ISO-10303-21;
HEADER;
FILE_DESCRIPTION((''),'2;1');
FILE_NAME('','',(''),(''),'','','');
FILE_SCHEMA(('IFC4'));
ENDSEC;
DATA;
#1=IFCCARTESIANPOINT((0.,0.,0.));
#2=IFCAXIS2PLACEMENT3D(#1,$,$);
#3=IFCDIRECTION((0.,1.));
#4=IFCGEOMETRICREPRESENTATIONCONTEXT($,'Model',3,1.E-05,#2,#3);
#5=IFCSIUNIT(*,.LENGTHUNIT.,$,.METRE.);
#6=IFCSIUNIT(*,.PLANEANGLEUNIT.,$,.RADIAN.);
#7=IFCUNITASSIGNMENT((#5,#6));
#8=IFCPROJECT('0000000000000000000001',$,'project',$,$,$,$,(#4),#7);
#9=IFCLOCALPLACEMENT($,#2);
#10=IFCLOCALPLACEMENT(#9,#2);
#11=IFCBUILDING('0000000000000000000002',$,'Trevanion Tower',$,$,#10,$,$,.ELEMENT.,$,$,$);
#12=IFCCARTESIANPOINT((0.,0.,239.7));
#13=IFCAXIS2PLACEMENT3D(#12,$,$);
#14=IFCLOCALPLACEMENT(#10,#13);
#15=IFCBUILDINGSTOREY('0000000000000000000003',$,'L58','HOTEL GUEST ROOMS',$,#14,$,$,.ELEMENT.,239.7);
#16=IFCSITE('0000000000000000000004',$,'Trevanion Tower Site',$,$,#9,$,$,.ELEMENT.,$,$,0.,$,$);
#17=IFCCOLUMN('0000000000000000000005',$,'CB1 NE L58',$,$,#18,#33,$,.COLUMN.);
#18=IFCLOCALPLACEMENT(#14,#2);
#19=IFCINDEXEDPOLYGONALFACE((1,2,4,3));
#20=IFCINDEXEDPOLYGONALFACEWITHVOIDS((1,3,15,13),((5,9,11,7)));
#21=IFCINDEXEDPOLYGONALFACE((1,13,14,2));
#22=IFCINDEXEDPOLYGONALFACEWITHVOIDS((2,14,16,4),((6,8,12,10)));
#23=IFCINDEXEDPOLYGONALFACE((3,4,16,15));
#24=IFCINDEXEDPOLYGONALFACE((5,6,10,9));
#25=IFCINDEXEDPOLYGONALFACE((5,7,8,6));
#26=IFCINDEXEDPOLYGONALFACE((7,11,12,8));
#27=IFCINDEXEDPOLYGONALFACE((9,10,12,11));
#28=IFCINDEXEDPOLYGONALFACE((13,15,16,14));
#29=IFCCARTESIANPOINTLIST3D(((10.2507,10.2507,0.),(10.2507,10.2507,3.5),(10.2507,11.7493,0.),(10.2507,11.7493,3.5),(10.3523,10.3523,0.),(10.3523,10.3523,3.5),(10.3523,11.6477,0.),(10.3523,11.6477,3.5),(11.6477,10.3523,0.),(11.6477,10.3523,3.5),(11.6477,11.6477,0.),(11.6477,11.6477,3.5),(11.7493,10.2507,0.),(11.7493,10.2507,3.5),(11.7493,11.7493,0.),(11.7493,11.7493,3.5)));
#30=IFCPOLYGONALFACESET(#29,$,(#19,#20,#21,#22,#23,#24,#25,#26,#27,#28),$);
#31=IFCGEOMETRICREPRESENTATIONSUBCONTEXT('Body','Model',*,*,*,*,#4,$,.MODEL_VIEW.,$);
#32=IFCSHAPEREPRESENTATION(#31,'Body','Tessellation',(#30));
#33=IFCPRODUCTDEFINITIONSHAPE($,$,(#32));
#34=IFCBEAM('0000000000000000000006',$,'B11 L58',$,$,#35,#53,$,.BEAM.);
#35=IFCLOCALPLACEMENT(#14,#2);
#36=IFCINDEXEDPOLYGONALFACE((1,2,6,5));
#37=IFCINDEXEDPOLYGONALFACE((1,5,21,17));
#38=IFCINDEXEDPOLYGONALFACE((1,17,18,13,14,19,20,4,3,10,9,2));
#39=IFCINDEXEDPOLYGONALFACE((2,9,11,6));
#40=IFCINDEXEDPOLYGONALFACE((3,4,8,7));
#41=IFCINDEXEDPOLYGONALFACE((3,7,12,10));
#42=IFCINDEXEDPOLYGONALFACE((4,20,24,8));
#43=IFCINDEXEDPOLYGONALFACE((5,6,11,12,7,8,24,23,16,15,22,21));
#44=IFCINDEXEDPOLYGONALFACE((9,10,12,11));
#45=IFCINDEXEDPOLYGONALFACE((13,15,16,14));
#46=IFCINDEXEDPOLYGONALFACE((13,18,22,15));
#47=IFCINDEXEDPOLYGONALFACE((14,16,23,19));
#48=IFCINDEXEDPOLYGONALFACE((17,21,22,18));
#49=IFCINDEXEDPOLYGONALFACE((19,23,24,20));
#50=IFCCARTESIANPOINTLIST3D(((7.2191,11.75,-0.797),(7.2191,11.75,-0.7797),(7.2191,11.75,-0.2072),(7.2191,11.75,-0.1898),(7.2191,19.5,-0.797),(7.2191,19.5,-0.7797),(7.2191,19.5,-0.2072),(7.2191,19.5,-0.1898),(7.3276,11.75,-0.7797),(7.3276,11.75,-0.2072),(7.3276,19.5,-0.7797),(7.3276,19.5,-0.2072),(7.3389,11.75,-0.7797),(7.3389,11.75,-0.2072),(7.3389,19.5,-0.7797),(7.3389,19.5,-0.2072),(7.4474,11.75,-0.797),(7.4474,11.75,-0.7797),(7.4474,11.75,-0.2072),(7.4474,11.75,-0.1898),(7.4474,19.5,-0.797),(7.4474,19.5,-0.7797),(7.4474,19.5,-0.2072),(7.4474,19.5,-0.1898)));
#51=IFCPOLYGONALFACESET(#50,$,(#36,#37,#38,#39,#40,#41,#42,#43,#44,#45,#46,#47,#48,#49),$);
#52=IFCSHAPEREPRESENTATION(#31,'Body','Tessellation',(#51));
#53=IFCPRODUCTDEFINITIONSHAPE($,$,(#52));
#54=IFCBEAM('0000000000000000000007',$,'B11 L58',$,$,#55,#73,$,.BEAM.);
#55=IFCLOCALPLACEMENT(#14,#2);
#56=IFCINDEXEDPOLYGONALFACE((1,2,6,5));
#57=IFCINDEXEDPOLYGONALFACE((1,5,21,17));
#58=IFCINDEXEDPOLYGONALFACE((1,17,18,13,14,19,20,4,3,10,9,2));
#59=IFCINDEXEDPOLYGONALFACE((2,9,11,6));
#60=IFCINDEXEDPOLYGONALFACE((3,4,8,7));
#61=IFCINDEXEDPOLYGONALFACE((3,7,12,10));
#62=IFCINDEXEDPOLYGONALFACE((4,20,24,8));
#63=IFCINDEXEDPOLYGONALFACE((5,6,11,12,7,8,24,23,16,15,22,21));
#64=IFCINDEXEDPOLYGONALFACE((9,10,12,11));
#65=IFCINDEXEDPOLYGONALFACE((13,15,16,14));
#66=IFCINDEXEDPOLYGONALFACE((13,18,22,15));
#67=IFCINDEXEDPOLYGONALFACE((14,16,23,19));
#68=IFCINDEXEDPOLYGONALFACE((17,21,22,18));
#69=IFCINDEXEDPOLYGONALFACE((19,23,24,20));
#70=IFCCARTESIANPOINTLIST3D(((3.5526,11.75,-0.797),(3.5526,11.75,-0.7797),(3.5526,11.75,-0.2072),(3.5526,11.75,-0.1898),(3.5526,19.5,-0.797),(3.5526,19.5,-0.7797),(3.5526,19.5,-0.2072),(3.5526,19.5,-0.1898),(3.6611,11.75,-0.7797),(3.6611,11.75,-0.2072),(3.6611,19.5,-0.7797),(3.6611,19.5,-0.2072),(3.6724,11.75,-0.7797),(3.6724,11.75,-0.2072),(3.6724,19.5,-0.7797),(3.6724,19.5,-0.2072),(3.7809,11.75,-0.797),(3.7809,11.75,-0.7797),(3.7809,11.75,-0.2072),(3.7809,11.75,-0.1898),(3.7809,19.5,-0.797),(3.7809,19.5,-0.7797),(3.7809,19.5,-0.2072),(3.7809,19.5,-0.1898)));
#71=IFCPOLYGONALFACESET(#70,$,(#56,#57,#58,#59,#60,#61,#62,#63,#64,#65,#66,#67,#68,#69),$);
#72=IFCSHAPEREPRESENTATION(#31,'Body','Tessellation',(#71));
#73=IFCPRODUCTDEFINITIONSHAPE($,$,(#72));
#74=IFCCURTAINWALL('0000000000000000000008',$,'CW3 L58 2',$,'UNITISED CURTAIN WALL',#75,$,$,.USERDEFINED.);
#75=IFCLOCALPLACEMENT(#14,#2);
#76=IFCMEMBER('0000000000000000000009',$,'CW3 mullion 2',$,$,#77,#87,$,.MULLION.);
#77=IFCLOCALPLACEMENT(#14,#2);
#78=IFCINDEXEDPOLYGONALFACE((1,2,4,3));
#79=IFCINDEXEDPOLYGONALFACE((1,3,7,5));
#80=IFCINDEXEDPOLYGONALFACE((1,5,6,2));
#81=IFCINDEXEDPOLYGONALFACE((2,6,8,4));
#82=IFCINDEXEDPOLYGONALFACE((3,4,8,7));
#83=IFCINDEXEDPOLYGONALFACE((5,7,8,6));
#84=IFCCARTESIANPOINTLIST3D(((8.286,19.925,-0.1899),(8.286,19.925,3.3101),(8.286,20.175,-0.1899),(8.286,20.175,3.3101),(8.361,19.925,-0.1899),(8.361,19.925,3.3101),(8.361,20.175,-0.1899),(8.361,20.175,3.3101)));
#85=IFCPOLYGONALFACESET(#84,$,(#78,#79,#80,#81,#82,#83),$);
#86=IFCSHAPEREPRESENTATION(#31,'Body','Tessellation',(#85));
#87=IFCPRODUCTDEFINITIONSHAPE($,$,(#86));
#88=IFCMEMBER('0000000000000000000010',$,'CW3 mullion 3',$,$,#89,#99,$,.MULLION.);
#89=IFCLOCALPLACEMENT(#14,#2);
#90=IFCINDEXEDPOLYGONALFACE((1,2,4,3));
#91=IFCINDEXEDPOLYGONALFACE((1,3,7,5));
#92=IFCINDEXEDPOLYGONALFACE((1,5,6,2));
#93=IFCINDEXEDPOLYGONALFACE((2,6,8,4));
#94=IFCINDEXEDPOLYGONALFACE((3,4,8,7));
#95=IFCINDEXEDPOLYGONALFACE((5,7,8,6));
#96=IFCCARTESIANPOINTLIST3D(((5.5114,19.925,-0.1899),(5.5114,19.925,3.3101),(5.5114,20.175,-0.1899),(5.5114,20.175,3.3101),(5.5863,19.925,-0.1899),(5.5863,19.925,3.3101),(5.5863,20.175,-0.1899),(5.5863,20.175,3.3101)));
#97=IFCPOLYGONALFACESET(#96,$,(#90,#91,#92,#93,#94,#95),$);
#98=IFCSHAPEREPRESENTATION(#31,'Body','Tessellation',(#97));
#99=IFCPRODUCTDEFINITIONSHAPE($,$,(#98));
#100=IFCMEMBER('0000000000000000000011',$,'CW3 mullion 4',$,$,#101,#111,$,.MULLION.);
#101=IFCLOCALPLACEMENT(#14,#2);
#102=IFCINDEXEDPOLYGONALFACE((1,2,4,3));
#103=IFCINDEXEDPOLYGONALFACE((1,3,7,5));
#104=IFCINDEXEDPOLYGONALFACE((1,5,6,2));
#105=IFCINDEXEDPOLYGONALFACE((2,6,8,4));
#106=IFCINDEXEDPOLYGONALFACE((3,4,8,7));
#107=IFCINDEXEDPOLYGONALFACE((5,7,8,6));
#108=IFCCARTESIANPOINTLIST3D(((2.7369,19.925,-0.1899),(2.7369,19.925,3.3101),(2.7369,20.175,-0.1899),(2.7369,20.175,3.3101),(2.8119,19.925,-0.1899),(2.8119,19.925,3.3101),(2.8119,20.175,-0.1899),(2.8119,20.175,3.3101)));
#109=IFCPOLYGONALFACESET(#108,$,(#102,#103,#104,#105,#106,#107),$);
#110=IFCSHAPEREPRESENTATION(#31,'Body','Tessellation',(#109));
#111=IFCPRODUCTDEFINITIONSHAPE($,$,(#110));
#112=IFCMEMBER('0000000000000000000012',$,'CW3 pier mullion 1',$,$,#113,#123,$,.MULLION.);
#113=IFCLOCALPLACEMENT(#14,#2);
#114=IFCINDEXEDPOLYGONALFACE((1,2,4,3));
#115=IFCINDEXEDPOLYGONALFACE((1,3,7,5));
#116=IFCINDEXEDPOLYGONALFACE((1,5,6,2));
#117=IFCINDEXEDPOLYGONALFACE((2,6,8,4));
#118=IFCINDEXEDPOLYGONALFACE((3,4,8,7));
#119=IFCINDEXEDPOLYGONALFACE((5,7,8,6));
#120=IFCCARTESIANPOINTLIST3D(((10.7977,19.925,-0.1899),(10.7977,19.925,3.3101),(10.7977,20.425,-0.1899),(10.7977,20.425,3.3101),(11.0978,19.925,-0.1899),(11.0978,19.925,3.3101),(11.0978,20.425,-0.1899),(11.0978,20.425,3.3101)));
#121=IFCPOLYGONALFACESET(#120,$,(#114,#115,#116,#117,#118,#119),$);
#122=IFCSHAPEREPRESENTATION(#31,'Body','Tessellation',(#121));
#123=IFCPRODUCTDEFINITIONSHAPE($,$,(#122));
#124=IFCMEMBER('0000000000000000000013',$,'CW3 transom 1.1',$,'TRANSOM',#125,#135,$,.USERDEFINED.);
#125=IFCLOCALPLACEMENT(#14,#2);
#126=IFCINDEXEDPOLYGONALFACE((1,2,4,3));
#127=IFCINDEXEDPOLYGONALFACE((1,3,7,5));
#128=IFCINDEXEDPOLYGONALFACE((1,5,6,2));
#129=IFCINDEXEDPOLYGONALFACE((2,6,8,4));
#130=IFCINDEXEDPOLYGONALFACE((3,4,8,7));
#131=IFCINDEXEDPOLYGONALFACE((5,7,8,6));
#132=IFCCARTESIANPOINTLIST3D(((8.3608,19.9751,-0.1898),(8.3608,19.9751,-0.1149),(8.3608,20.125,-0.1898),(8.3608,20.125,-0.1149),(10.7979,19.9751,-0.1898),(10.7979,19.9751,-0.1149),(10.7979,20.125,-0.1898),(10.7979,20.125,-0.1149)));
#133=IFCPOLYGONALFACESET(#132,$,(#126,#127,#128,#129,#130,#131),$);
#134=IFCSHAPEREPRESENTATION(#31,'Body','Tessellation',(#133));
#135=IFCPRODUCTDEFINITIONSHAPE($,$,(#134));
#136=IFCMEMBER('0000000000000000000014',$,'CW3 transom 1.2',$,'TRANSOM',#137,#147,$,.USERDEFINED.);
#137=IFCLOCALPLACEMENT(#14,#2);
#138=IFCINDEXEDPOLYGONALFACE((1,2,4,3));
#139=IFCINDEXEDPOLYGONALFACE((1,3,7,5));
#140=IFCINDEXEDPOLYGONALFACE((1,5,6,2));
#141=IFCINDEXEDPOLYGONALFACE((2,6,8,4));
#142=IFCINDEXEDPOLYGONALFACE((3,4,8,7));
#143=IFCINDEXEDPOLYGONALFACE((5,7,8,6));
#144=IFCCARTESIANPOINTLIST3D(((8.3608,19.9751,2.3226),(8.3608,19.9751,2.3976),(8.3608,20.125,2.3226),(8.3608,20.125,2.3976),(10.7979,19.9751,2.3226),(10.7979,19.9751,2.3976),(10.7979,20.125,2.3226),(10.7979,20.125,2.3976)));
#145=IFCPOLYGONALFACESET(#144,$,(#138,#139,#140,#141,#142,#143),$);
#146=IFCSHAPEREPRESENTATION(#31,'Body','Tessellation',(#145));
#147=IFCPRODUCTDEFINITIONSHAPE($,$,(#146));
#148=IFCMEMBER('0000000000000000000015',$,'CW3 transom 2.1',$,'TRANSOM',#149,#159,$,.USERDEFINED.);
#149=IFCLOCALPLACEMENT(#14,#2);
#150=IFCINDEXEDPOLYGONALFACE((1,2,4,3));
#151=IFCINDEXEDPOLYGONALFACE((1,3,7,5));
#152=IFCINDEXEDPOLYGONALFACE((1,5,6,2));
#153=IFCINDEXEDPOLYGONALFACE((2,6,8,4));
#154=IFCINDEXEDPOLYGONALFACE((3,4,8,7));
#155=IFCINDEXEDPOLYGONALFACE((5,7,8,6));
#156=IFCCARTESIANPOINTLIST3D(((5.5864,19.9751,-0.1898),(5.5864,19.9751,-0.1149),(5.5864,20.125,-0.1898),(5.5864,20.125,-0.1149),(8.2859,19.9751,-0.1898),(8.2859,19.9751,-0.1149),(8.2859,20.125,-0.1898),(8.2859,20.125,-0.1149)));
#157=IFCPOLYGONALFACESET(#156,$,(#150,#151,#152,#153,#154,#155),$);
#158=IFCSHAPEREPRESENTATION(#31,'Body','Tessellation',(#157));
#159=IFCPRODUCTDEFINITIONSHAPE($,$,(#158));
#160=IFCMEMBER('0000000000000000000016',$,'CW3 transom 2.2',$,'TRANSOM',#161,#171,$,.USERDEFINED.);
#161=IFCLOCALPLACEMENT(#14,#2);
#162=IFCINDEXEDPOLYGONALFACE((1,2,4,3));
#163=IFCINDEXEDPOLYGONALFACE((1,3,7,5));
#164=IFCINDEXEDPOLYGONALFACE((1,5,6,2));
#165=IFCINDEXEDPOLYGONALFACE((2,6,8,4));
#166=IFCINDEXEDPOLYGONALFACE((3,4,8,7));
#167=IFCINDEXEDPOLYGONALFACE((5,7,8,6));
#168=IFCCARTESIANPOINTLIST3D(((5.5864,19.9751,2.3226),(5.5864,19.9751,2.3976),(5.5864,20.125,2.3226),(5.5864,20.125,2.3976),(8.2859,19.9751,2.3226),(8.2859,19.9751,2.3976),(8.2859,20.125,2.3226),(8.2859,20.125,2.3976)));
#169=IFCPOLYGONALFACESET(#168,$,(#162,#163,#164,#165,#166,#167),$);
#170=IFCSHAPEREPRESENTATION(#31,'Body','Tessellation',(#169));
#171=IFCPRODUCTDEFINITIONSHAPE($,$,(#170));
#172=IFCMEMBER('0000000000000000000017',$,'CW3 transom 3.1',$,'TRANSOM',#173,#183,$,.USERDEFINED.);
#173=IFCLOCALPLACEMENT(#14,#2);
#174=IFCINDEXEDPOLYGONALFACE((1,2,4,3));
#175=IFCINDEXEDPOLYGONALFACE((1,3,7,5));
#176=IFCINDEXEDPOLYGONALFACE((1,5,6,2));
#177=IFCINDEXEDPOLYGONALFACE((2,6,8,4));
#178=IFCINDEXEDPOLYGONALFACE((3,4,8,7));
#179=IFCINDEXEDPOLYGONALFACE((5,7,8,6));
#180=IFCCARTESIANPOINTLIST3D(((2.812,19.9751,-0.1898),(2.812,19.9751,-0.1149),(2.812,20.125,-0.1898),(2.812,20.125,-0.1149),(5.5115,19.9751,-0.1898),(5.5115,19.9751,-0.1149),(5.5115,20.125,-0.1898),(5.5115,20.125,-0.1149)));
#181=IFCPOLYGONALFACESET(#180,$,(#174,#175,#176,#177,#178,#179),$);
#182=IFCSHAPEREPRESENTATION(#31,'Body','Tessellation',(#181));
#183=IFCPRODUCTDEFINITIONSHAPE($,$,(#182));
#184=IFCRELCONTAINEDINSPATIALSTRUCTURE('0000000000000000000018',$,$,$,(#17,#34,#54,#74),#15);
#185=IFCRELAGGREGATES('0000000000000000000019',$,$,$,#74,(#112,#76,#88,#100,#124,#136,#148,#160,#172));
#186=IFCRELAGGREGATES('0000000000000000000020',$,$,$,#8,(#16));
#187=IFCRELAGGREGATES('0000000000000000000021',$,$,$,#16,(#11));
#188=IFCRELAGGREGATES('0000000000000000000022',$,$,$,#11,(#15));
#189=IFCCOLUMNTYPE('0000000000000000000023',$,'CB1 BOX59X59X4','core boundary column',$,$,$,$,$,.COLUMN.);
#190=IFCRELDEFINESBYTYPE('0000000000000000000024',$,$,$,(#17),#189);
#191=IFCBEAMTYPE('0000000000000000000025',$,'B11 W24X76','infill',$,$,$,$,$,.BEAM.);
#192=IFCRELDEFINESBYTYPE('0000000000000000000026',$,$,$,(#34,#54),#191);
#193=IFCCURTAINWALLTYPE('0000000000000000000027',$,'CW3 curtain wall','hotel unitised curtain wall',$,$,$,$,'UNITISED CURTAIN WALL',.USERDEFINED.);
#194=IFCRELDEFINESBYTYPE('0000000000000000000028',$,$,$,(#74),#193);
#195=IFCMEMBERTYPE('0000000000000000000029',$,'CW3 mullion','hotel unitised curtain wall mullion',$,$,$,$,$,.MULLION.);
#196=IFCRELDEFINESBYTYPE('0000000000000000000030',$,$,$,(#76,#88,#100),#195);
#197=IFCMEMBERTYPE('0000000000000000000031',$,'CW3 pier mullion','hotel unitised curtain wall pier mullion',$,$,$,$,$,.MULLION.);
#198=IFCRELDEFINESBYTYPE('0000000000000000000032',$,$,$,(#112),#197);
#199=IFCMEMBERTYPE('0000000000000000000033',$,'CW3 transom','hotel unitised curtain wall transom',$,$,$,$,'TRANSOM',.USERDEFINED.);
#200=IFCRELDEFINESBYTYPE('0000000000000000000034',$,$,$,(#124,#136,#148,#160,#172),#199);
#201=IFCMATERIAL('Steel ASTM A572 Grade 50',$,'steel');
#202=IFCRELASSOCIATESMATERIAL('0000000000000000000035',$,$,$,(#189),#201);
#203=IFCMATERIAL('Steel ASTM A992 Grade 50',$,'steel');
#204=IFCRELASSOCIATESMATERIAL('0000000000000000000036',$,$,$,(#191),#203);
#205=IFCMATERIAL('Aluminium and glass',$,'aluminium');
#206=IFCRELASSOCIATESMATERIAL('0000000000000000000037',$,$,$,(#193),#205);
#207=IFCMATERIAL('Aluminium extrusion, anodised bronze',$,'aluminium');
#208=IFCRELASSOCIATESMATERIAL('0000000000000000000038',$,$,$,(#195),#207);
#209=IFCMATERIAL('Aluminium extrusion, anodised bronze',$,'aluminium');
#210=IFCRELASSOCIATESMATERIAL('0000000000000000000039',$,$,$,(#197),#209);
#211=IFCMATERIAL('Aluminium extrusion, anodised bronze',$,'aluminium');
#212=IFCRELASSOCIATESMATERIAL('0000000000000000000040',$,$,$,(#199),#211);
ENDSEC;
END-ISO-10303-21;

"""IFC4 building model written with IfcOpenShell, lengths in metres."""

from ifc_helpers import new_model, si_unit, direction, frame, origin, origin_2d, place, context, subcontext, project, spatial, rectangle, hollow_rectangle, i_section, extrude, material, material_profile, profile_set, type_object, element, aggregate, save


model = new_model("IFC4")

# Units and contexts
model_context = context("Model", 3, precision=1e-05, world=origin(), true_north=direction((0.0, 1.0)))
body_context = subcontext(model_context, "Body", "Model", "MODEL_VIEW")
ifc_project = project(units=[si_unit("LENGTHUNIT", "METRE"), si_unit("PLANEANGLEUNIT", "RADIAN")], contexts=[model_context])

# Site, building, storey
site_placement = place(None, origin())
site = spatial("IfcSite", under=ifc_project, at=site_placement, Name="Trevanion Tower Site", CompositionType="ELEMENT", RefElevation=0.0)
building_placement = place(site_placement, origin())
building = spatial("IfcBuilding", under=site, at=building_placement, Name="Trevanion Tower", CompositionType="ELEMENT")
storey_placement = place(building_placement, frame((0.0, 0.0, 239.7)))
storey = spatial("IfcBuildingStorey", under=building, at=storey_placement, Name="L58", Description="HOTEL GUEST ROOMS", CompositionType="ELEMENT", Elevation=239.7)

# Column
ifc_material_1 = material(Name="Steel ASTM A572 Grade 50", Category="steel")
ifc_material_profile_1 = material_profile(ifc_material_1, hollow_rectangle(XDim=1.4985, YDim=1.4985, WallThickness=0.1016, at=origin_2d()), Name="BOX59X59X4")
ifc_profile_set_1 = profile_set([ifc_material_profile_1], Name="Steel ASTM A572 Grade 50")
column_type = type_object("IfcColumnType", Name="CB1 BOX59X59X4", Description="core boundary column", PredefinedType="COLUMN", material=ifc_profile_set_1)
column_placement = place(storey_placement, frame((11.0, 11.0, 0.0), z_axis=(0.0, 0.0, 1.0), x_axis=(1.0, 0.0, 0.0)))
element("IfcColumn", 1, at=column_placement, inside=storey, type_object=column_type, Name="CB1 NE L58", PredefinedType="COLUMN", context=body_context, shape_type="SweptSolid", body=[
    extrude(hollow_rectangle(XDim=1.4985, YDim=1.4985, WallThickness=0.1016, at=origin_2d()), origin(), (0.0, 0.0, 1.0), 3.5),
])

# Beams
ifc_material_2 = material(Name="Steel ASTM A992 Grade 50", Category="steel")
ifc_material_profile_2 = material_profile(ifc_material_2, i_section(OverallWidth=0.2283, OverallDepth=0.6072, WebThickness=0.0112, FlangeThickness=0.0173, at=origin_2d()), Name="W24X76")
ifc_profile_set_2 = profile_set([ifc_material_profile_2], Name="Steel ASTM A992 Grade 50")
beam_type_1 = type_object("IfcBeamType", Name="B11 W24X76", Description="infill", PredefinedType="BEAM", material=ifc_profile_set_2)
for number, where, z_axis, x_axis, name in (
    (2, (7.3333, 11.75, -0.4934), (0.0, 1.0, 0.0), (-1.0, 0.0, 0.0), "B11 L58"),
    (3, (3.6667, 11.75, -0.4934), (0.0, 1.0, 0.0), (-1.0, 0.0, 0.0), "B11 L58"),
):
    element("IfcBeam", number, at=place(storey_placement, frame(where, z_axis=z_axis, x_axis=x_axis)), inside=storey, type_object=beam_type_1, Name=name, PredefinedType="BEAM", context=body_context, shape_type="SweptSolid", body=[
        extrude(i_section(OverallWidth=0.2283, OverallDepth=0.6072, WebThickness=0.0112, FlangeThickness=0.0173, at=origin_2d()), origin(), (0.0, 0.0, 1.0), 7.75),
    ])

# Curtain wall, members
ifc_material_3 = material(Name="Aluminium and glass", Category="aluminium")
curtain_wall_type = type_object("IfcCurtainWallType", Name="CW3 curtain wall", Description="hotel unitised curtain wall", ElementType="UNITISED CURTAIN WALL", PredefinedType="USERDEFINED", material=ifc_material_3)
curtain_wall_placement = place(storey_placement, origin())
curtain_wall = element("IfcCurtainWall", 4, at=curtain_wall_placement, inside=storey, type_object=curtain_wall_type, Name="CW3 L58 2", ObjectType="UNITISED CURTAIN WALL", PredefinedType="USERDEFINED")
ifc_material_4 = material(Name="Aluminium extrusion, anodised bronze", Category="aluminium")
ifc_material_profile_3 = material_profile(ifc_material_4, rectangle(XDim=0.075, YDim=0.25, at=origin_2d()), Name="CW3 mullion")
ifc_profile_set_3 = profile_set([ifc_material_profile_3], Name="Aluminium extrusion, anodised bronze")
member_type_1 = type_object("IfcMemberType", Name="CW3 mullion", Description="hotel unitised curtain wall mullion", PredefinedType="MULLION", material=ifc_profile_set_3)
member_1_placement = place(storey_placement, frame((8.3235, 20.05, -0.1899), z_axis=(0.0, 0.0, 1.0), x_axis=(-1.0, 0.0, 0.0)))
member_1 = element("IfcMember", 5, at=member_1_placement, type_object=member_type_1, Name="CW3 mullion 2", PredefinedType="MULLION", context=body_context, shape_type="SweptSolid", body=[
    extrude(rectangle(XDim=0.075, YDim=0.25, at=origin_2d()), origin(), (0.0, 0.0, 1.0), 3.5),
])
member_2_placement = place(storey_placement, frame((5.5488, 20.05, -0.1899), z_axis=(0.0, 0.0, 1.0), x_axis=(-1.0, 0.0, 0.0)))
member_2 = element("IfcMember", 6, at=member_2_placement, type_object=member_type_1, Name="CW3 mullion 3", PredefinedType="MULLION", context=body_context, shape_type="SweptSolid", body=[
    extrude(rectangle(XDim=0.075, YDim=0.25, at=origin_2d()), origin(), (0.0, 0.0, 1.0), 3.5),
])
member_3_placement = place(storey_placement, frame((2.7744, 20.05, -0.1899), z_axis=(0.0, 0.0, 1.0), x_axis=(-1.0, 0.0, 0.0)))
member_3 = element("IfcMember", 7, at=member_3_placement, type_object=member_type_1, Name="CW3 mullion 4", PredefinedType="MULLION", context=body_context, shape_type="SweptSolid", body=[
    extrude(rectangle(XDim=0.075, YDim=0.25, at=origin_2d()), origin(), (0.0, 0.0, 1.0), 3.5),
])
ifc_material_5 = material(Name="Aluminium extrusion, anodised bronze", Category="aluminium")
ifc_material_profile_4 = material_profile(ifc_material_5, rectangle(XDim=0.3, YDim=0.5, at=origin_2d()), Name="CW3 pier mullion")
ifc_profile_set_4 = profile_set([ifc_material_profile_4], Name="Aluminium extrusion, anodised bronze")
member_type_2 = type_object("IfcMemberType", Name="CW3 pier mullion", Description="hotel unitised curtain wall pier mullion", PredefinedType="MULLION", material=ifc_profile_set_4)
member_4_placement = place(storey_placement, frame((10.9478, 20.175, -0.1899), z_axis=(0.0, 0.0, 1.0), x_axis=(-1.0, 0.0, 0.0)))
member_4 = element("IfcMember", 8, at=member_4_placement, type_object=member_type_2, Name="CW3 pier mullion 1", PredefinedType="MULLION", context=body_context, shape_type="SweptSolid", body=[
    extrude(rectangle(XDim=0.3, YDim=0.5, at=origin_2d()), origin(), (0.0, 0.0, 1.0), 3.5),
])
ifc_material_6 = material(Name="Aluminium extrusion, anodised bronze", Category="aluminium")
ifc_material_profile_5 = material_profile(ifc_material_6, rectangle(XDim=0.1499, YDim=0.075, at=origin_2d()), Name="CW3 transom")
ifc_profile_set_5 = profile_set([ifc_material_profile_5], Name="Aluminium extrusion, anodised bronze")
member_type_3 = type_object("IfcMemberType", Name="CW3 transom", Description="hotel unitised curtain wall transom", ElementType="TRANSOM", PredefinedType="USERDEFINED", material=ifc_profile_set_5)
member_5_placement = place(storey_placement, frame((10.7979, 20.05, -0.1523), z_axis=(-1.0, 0.0, 0.0), x_axis=(0.0, -1.0, 0.0)))
member_5 = element("IfcMember", 9, at=member_5_placement, type_object=member_type_3, Name="CW3 transom 1.1", ObjectType="TRANSOM", PredefinedType="USERDEFINED", context=body_context, shape_type="SweptSolid", body=[
    extrude(rectangle(XDim=0.1499, YDim=0.075, at=origin_2d()), origin(), (0.0, 0.0, 1.0), 2.437),
])
member_6_placement = place(storey_placement, frame((10.7979, 20.05, 2.3601), z_axis=(-1.0, 0.0, 0.0), x_axis=(0.0, -1.0, 0.0)))
member_6 = element("IfcMember", 10, at=member_6_placement, type_object=member_type_3, Name="CW3 transom 1.2", ObjectType="TRANSOM", PredefinedType="USERDEFINED", context=body_context, shape_type="SweptSolid", body=[
    extrude(rectangle(XDim=0.1499, YDim=0.075, at=origin_2d()), origin(), (0.0, 0.0, 1.0), 2.437),
])
member_7_placement = place(storey_placement, frame((8.2859, 20.05, -0.1523), z_axis=(-1.0, 0.0, 0.0), x_axis=(0.0, -1.0, 0.0)))
member_7 = element("IfcMember", 11, at=member_7_placement, type_object=member_type_3, Name="CW3 transom 2.1", ObjectType="TRANSOM", PredefinedType="USERDEFINED", context=body_context, shape_type="SweptSolid", body=[
    extrude(rectangle(XDim=0.1499, YDim=0.075, at=origin_2d()), origin(), (0.0, 0.0, 1.0), 2.6995),
])
member_8_placement = place(storey_placement, frame((8.2859, 20.05, 2.3601), z_axis=(-1.0, 0.0, 0.0), x_axis=(0.0, -1.0, 0.0)))
member_8 = element("IfcMember", 12, at=member_8_placement, type_object=member_type_3, Name="CW3 transom 2.2", ObjectType="TRANSOM", PredefinedType="USERDEFINED", context=body_context, shape_type="SweptSolid", body=[
    extrude(rectangle(XDim=0.1499, YDim=0.075, at=origin_2d()), origin(), (0.0, 0.0, 1.0), 2.6995),
])
member_9_placement = place(storey_placement, frame((5.5115, 20.05, -0.1523), z_axis=(-1.0, 0.0, 0.0), x_axis=(0.0, -1.0, 0.0)))
member_9 = element("IfcMember", 13, at=member_9_placement, type_object=member_type_3, Name="CW3 transom 3.1", ObjectType="TRANSOM", PredefinedType="USERDEFINED", context=body_context, shape_type="SweptSolid", body=[
    extrude(rectangle(XDim=0.1499, YDim=0.075, at=origin_2d()), origin(), (0.0, 0.0, 1.0), 2.6995),
])

aggregate(curtain_wall, [member_4, member_1, member_2, member_3, member_5, member_6, member_7, member_8, member_9])

save(model, "model.ifc")
